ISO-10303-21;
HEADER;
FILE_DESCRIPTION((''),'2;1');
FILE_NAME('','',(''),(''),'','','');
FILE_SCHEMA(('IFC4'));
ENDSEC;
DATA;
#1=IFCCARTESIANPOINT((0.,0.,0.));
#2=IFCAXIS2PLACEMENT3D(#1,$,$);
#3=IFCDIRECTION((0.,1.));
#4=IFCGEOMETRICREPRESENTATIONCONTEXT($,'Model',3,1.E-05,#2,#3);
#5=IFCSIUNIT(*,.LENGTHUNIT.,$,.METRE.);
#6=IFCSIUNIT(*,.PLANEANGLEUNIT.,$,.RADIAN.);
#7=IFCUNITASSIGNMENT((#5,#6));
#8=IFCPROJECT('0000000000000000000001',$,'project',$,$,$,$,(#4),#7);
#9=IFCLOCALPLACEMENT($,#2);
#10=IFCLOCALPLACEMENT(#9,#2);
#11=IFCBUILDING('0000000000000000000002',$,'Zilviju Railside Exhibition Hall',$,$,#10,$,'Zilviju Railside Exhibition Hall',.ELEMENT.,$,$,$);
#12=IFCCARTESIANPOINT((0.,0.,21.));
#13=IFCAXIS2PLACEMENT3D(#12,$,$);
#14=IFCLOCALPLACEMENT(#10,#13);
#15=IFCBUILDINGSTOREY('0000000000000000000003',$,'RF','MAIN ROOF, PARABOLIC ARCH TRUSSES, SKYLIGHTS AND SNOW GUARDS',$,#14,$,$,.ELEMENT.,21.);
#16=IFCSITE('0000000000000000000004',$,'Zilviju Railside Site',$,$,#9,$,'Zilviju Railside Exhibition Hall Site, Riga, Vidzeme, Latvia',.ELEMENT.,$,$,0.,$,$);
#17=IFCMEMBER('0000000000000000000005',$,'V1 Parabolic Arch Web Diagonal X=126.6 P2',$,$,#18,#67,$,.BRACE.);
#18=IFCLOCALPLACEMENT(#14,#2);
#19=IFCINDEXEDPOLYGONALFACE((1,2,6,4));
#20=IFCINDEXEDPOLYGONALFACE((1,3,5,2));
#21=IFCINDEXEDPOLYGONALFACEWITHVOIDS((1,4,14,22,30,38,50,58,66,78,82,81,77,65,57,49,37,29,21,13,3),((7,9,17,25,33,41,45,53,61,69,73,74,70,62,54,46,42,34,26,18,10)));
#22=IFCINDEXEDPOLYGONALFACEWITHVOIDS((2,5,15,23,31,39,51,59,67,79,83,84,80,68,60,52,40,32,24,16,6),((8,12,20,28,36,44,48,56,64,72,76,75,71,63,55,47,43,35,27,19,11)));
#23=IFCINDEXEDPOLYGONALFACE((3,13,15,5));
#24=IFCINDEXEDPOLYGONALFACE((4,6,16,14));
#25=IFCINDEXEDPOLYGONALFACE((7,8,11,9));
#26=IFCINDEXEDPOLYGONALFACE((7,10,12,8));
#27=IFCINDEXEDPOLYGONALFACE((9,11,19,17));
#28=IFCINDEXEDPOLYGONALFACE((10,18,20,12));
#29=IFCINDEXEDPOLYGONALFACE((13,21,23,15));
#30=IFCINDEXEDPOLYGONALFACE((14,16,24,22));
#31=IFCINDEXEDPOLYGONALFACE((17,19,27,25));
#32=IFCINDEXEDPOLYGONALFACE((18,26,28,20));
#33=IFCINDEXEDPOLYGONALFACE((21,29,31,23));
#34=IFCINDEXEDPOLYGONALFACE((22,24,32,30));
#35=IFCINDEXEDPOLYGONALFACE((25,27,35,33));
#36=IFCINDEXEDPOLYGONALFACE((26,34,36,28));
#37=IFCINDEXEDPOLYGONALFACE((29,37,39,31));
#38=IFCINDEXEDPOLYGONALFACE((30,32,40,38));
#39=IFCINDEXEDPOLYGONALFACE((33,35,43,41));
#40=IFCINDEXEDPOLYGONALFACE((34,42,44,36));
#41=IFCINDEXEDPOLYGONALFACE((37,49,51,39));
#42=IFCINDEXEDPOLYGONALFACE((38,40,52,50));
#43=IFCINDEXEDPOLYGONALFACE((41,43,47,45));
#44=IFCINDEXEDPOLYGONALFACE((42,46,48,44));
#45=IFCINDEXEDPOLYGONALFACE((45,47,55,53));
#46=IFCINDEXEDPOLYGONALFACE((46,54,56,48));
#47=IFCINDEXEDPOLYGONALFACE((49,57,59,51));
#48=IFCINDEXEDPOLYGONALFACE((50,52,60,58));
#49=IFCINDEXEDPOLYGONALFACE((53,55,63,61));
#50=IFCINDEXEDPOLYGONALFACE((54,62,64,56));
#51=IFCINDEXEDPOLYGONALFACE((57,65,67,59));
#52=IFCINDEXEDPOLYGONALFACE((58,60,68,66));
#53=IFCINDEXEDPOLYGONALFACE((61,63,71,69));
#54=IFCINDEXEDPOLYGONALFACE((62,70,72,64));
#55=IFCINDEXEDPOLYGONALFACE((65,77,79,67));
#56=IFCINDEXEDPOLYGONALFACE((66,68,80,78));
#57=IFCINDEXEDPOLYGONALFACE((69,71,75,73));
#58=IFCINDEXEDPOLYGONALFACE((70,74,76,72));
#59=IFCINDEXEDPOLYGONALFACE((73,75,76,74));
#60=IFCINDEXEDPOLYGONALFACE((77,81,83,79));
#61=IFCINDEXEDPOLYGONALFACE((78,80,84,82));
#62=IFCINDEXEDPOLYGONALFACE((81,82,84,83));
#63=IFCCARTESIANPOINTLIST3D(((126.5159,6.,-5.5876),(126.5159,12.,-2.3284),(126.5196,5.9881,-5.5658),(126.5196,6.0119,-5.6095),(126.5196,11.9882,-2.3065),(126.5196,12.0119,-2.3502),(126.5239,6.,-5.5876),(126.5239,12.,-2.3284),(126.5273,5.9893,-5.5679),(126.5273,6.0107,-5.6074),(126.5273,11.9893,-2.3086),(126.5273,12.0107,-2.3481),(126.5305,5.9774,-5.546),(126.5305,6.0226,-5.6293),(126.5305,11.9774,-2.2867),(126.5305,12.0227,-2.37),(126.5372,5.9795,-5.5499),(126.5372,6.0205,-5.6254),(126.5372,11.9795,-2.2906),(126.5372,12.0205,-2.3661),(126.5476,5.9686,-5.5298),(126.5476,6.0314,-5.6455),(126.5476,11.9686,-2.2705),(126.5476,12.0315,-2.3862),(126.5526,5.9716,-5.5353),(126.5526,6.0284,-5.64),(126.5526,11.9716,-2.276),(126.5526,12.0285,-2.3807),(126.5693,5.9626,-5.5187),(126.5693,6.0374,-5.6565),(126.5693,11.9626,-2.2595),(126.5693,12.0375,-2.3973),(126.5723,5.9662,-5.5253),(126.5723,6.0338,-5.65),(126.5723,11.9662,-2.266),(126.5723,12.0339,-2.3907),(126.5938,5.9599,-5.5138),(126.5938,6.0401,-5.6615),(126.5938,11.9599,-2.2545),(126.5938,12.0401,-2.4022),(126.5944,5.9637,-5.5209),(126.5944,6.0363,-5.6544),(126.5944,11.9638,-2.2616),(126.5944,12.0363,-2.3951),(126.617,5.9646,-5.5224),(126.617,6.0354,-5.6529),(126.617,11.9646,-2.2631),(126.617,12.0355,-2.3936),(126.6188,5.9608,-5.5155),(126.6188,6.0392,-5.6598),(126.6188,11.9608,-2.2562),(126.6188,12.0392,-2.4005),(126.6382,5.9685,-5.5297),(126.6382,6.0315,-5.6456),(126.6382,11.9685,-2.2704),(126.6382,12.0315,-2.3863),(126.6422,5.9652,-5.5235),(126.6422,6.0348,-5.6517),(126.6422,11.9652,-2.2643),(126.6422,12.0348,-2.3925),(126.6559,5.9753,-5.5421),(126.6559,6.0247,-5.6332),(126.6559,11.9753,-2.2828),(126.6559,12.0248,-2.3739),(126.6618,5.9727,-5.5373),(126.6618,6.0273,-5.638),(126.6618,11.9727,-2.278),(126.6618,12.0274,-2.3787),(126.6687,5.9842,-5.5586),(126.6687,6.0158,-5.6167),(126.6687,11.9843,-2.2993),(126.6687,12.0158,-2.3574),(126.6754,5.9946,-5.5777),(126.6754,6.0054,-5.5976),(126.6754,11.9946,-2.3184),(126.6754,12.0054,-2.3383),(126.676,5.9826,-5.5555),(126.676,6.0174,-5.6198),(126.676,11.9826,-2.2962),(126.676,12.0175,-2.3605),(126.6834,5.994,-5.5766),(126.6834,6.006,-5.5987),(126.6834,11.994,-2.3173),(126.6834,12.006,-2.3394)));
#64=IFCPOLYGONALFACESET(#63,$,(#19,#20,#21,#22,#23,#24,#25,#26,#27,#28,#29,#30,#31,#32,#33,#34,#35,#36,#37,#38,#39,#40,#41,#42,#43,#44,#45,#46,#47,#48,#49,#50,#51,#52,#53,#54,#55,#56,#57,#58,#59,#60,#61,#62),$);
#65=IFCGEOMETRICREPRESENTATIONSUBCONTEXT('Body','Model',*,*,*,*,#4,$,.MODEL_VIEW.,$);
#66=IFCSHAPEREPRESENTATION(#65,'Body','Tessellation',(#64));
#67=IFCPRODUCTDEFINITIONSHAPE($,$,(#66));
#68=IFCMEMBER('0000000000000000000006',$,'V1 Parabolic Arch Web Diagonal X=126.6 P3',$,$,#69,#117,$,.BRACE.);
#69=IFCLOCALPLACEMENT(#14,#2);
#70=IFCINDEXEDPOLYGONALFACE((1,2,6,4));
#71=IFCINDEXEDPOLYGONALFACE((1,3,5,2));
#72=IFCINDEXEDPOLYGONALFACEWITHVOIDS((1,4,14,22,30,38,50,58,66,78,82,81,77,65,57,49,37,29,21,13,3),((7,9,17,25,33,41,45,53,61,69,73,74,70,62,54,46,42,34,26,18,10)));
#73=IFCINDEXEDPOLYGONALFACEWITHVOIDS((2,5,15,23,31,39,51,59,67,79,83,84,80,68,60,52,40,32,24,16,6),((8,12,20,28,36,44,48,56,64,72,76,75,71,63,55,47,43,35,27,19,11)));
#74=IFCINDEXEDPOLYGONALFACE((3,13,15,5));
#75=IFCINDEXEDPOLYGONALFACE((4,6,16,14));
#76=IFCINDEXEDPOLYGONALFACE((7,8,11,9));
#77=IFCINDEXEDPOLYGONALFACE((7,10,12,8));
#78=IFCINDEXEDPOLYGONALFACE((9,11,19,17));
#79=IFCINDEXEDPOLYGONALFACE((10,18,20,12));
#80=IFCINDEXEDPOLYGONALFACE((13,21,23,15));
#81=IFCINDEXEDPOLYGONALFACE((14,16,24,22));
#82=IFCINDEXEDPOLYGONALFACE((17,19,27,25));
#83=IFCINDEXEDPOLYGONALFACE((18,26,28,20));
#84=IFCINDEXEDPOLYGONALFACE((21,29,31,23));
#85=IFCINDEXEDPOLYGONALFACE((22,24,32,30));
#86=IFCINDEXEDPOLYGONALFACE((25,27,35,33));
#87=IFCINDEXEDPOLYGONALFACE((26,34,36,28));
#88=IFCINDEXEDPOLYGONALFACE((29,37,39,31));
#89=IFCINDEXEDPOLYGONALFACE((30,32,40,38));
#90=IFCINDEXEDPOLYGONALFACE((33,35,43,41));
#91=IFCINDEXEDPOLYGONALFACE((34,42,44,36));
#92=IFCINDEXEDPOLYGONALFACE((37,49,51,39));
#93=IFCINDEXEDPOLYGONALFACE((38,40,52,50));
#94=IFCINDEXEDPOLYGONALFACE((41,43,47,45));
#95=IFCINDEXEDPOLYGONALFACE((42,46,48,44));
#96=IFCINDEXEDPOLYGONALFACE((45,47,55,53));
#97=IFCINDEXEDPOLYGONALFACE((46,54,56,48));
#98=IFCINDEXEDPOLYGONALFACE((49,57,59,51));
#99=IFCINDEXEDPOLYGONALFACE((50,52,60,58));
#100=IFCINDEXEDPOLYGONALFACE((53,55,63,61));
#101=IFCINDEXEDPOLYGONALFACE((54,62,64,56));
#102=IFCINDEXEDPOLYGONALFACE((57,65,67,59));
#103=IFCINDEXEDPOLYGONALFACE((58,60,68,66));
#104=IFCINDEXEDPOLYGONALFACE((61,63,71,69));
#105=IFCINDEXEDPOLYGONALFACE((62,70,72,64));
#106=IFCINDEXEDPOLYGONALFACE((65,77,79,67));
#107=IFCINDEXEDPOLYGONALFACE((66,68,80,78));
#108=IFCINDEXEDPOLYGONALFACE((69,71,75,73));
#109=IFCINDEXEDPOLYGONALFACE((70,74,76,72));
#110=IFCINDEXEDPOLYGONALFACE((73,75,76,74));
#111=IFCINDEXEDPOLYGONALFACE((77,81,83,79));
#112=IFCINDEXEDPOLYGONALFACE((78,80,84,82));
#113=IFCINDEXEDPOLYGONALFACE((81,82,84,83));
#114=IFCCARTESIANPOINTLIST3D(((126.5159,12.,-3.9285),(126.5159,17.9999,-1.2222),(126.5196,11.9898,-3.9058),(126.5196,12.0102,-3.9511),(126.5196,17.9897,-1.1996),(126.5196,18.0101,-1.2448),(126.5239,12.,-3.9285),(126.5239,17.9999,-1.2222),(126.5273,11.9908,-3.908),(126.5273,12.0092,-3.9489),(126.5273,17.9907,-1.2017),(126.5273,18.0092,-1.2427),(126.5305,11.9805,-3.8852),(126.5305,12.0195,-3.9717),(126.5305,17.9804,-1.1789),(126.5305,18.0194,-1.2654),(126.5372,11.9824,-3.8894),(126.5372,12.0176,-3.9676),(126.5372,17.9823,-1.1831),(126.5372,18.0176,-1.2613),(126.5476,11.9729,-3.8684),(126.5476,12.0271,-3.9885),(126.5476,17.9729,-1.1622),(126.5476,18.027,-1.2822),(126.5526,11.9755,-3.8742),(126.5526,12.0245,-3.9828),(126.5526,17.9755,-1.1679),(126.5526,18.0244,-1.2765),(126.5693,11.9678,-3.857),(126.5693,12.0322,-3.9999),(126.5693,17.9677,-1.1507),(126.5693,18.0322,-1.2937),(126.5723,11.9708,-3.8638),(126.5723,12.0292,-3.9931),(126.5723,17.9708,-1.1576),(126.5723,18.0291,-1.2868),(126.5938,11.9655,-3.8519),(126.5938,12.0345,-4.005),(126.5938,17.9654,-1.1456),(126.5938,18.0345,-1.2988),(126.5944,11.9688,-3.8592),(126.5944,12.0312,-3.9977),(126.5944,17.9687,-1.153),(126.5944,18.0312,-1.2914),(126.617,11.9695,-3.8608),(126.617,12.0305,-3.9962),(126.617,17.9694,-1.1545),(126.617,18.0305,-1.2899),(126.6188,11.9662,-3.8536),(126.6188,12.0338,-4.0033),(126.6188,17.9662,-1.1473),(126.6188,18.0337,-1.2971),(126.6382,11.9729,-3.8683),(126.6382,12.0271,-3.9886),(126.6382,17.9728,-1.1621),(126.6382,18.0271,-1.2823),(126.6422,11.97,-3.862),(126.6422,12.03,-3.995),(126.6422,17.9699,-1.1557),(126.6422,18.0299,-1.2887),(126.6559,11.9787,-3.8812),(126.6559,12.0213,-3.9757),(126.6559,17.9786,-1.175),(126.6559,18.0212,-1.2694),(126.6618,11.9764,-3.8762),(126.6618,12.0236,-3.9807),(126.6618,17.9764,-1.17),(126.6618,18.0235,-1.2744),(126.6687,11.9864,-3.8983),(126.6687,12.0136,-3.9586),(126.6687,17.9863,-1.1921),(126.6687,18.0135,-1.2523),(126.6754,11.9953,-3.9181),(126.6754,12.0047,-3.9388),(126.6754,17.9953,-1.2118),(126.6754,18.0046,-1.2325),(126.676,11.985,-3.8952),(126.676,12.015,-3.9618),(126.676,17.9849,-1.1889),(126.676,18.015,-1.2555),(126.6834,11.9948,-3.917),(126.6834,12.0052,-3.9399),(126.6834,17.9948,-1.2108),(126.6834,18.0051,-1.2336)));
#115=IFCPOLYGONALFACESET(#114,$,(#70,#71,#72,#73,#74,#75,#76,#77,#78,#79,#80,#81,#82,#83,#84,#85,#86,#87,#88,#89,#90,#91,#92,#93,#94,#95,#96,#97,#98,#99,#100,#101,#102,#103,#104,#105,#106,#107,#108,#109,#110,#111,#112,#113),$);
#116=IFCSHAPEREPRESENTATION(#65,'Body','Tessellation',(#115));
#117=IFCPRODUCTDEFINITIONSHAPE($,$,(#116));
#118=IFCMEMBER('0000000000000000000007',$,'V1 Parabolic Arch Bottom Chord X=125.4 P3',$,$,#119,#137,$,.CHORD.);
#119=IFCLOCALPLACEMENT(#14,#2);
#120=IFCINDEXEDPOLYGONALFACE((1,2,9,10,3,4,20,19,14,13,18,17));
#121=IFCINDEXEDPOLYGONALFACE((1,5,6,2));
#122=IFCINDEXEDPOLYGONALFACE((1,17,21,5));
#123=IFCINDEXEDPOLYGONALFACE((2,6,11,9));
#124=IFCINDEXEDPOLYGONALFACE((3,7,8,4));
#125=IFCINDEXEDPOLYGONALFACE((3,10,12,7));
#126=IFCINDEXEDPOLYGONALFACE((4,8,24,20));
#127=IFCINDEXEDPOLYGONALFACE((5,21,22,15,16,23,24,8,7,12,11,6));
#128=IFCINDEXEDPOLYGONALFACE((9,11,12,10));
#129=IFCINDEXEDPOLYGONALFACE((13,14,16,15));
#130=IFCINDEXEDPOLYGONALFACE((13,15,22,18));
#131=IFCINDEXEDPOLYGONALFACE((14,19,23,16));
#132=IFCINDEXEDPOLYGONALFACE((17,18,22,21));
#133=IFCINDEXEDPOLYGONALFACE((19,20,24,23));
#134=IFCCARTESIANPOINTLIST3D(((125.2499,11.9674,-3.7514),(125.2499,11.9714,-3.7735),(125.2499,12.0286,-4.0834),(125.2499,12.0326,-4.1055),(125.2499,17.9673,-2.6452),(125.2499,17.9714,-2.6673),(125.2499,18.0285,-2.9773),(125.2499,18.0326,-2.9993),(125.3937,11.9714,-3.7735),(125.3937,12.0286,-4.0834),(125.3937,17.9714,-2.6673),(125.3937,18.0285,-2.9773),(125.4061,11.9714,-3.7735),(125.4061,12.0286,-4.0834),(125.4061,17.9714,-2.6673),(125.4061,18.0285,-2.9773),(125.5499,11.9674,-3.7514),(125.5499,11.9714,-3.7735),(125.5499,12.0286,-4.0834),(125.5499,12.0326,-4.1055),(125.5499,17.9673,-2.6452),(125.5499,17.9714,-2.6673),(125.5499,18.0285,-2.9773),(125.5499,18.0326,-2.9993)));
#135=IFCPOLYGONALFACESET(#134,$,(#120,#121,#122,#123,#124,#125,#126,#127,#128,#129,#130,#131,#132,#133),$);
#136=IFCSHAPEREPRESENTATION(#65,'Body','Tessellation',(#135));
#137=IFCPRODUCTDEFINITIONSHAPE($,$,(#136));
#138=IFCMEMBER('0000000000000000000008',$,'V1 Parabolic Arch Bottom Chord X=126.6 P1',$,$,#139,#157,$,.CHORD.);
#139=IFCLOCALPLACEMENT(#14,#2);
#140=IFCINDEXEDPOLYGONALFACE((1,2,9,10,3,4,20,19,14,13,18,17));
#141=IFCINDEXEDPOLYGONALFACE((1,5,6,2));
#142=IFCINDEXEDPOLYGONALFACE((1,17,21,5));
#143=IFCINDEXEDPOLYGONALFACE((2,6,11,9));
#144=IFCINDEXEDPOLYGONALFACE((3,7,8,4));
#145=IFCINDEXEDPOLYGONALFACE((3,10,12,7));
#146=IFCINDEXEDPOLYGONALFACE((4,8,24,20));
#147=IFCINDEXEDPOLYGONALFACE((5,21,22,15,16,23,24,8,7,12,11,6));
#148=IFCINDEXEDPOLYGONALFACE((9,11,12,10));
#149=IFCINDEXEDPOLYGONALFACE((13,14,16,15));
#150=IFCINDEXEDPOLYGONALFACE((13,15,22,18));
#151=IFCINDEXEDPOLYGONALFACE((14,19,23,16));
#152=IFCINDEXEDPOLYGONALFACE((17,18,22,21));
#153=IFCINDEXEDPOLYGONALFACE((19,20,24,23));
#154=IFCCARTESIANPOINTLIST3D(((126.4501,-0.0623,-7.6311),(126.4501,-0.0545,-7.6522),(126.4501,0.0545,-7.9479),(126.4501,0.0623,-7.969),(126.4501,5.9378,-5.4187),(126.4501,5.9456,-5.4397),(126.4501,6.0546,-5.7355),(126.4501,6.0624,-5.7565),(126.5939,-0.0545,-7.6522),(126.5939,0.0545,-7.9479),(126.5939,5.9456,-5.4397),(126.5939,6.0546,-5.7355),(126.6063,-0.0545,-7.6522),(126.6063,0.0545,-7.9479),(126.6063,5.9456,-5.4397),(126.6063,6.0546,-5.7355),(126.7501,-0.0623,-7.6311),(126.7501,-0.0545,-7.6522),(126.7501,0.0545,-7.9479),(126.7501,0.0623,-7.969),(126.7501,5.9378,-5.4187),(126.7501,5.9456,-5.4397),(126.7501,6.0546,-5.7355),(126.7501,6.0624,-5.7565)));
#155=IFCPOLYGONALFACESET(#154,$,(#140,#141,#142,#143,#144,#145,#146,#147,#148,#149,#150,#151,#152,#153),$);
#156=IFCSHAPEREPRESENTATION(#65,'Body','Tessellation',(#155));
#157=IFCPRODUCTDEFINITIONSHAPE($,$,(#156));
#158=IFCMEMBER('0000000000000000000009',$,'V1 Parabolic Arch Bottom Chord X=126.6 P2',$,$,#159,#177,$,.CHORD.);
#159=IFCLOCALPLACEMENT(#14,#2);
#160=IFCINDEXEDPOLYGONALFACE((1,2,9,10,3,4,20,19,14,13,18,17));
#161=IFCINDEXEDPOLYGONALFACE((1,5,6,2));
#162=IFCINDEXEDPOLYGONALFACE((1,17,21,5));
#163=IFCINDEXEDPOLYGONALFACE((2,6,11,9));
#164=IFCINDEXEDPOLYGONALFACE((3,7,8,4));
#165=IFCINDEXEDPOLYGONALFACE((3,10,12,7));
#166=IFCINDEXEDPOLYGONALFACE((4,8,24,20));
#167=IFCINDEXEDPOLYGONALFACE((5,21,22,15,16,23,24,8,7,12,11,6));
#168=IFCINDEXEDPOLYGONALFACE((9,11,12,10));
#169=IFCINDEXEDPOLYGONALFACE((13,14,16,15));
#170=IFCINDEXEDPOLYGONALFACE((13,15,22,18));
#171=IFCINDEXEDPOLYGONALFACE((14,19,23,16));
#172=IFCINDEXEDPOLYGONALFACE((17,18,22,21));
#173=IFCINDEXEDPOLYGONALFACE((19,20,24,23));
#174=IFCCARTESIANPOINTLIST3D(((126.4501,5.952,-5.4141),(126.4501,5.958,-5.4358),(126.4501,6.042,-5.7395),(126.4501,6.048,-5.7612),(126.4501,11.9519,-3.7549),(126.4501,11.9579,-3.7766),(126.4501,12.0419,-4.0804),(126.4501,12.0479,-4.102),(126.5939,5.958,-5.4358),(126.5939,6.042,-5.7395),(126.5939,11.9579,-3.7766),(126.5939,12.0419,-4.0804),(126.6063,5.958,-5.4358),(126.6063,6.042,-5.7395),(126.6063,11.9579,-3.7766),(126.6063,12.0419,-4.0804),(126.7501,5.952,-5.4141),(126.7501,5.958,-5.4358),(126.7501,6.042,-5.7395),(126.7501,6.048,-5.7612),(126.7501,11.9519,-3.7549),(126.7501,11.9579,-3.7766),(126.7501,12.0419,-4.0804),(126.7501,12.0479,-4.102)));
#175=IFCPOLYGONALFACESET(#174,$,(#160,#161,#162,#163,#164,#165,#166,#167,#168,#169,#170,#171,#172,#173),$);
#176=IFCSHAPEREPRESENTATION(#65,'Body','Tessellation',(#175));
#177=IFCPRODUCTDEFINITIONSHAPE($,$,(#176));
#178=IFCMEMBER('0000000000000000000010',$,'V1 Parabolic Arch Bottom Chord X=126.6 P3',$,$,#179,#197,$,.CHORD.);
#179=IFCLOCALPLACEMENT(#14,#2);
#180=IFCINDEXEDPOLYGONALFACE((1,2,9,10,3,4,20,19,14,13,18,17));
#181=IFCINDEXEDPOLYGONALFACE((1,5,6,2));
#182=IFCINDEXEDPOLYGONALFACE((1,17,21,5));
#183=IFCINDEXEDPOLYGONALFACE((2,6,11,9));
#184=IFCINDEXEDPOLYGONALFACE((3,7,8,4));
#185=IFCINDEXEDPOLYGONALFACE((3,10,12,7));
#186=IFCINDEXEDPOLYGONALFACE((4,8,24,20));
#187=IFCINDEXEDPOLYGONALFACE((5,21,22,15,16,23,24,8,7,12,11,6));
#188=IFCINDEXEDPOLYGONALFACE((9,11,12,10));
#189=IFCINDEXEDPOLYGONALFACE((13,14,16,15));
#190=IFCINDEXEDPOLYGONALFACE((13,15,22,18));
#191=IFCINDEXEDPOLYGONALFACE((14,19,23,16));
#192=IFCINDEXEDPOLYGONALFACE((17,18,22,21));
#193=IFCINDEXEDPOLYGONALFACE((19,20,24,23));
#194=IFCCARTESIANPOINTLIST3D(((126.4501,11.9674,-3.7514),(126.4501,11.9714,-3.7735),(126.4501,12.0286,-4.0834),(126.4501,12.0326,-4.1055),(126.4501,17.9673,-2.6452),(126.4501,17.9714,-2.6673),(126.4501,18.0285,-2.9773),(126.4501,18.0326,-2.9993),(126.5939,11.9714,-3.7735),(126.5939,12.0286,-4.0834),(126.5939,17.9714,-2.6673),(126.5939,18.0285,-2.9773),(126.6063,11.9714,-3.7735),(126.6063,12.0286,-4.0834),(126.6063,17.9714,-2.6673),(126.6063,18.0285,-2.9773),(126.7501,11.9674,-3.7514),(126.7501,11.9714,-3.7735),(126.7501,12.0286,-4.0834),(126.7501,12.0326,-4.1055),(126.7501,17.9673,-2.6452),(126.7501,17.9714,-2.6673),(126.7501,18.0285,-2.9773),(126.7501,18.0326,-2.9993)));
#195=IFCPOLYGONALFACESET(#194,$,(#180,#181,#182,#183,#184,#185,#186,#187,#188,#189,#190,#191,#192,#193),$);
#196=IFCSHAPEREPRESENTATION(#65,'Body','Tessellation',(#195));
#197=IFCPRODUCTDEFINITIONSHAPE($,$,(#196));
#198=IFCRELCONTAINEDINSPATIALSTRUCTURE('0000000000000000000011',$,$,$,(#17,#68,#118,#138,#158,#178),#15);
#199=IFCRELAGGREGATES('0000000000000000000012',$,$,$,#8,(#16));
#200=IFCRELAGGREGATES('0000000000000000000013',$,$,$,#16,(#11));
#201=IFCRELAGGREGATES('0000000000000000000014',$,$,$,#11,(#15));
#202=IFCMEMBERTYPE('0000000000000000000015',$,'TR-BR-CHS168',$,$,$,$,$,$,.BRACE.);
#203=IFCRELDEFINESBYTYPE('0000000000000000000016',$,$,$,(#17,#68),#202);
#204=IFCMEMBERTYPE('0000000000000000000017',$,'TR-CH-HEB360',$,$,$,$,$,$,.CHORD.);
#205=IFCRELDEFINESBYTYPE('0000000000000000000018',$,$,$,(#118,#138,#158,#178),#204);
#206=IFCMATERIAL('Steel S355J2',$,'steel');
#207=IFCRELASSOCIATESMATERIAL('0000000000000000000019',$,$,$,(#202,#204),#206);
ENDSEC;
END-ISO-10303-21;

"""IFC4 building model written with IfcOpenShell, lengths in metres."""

from ifc_helpers import new_model, si_unit, direction, frame, origin, origin_2d, place, context, subcontext, project, spatial, hollow_circle, i_section, extrude, material, material_profile, profile_set, type_object, element, save


model = new_model("IFC4")

# Units and contexts
model_context = context("Model", 3, precision=1e-05, world=origin(), true_north=direction((0.0, 1.0)))
body_context = subcontext(model_context, "Body", "Model", "MODEL_VIEW")
ifc_project = project(units=[si_unit("LENGTHUNIT", "METRE"), si_unit("PLANEANGLEUNIT", "RADIAN")], contexts=[model_context])

# Site, building, storey
site_placement = place(None, origin())
site = spatial("IfcSite", under=ifc_project, at=site_placement, Name="Zilviju Railside Site", LongName="Zilviju Railside Exhibition Hall Site, Riga, Vidzeme, Latvia", CompositionType="ELEMENT", RefElevation=0.0)
building_placement = place(site_placement, origin())
building = spatial("IfcBuilding", under=site, at=building_placement, Name="Zilviju Railside Exhibition Hall", LongName="Zilviju Railside Exhibition Hall", CompositionType="ELEMENT")
storey_placement = place(building_placement, frame((0.0, 0.0, 21.0)))
storey = spatial("IfcBuildingStorey", under=building, at=storey_placement, Name="RF", Description="MAIN ROOF, PARABOLIC ARCH TRUSSES, SKYLIGHTS AND SNOW GUARDS", CompositionType="ELEMENT", Elevation=21.0)

# Members
ifc_material_1 = material(Name="Steel S355J2", Category="steel")
ifc_material_profile_1 = material_profile(ifc_material_1, hollow_circle(Radius=0.0842, WallThickness=0.0081, at=origin_2d()), Name="CHS 168.3x8.0")
ifc_profile_set_1 = profile_set([ifc_material_profile_1], Name="Steel S355J2")
member_type_1 = type_object("IfcMemberType", Name="TR-BR-CHS168", PredefinedType="BRACE", material=ifc_profile_set_1)
member_1_placement = place(storey_placement, frame((126.6001, 6.0, -5.5876), z_axis=(0.0, 0.878722, 0.477333), x_axis=(-1.0, 0.0, 0.0)))
element("IfcMember", 1, at=member_1_placement, inside=storey, type_object=member_type_1, Name="V1 Parabolic Arch Web Diagonal X=126.6 P2", PredefinedType="BRACE", context=body_context, shape_type="SweptSolid", body=[
    extrude(hollow_circle(Radius=0.0842, WallThickness=0.0081, at=origin_2d()), origin(), (0.0, 0.0, 1.0), 6.8281),
])
member_2_placement = place(storey_placement, frame((126.6001, 12.0, -3.9285), z_axis=(0.0, 0.911563, 0.41116), x_axis=(-1.0, 0.0, 0.0)))
element("IfcMember", 2, at=member_2_placement, inside=storey, type_object=member_type_1, Name="V1 Parabolic Arch Web Diagonal X=126.6 P3", PredefinedType="BRACE", context=body_context, shape_type="SweptSolid", body=[
    extrude(hollow_circle(Radius=0.0842, WallThickness=0.0081, at=origin_2d()), origin(), (0.0, 0.0, 1.0), 6.582),
])
ifc_material_profile_2 = material_profile(ifc_material_1, i_section(OverallWidth=0.3, OverallDepth=0.3601, WebThickness=0.0125, FlangeThickness=0.0225, at=origin_2d()), Name="HEB 360")
ifc_profile_set_2 = profile_set([ifc_material_profile_2], Name="Steel S355J2")
member_type_2 = type_object("IfcMemberType", Name="TR-CH-HEB360", PredefinedType="CHORD", material=ifc_profile_set_2)
member_3_placement = place(storey_placement, frame((125.3999, 12.0, -3.9285), z_axis=(0.0, 0.983426, 0.181311), x_axis=(-1.0, 0.0, 0.0)))
element("IfcMember", 3, at=member_3_placement, inside=storey, type_object=member_type_2, Name="V1 Parabolic Arch Bottom Chord X=125.4 P3", PredefinedType="CHORD", context=body_context, shape_type="SweptSolid", body=[
    extrude(i_section(OverallWidth=0.3, OverallDepth=0.3601, WebThickness=0.0125, FlangeThickness=0.0225, at=origin_2d()), origin(), (0.0, 0.0, 1.0), 6.1011),
])
member_4_placement = place(storey_placement, frame((126.6001, 0.0, -7.8), z_axis=(0.0, 0.938248, 0.345964), x_axis=(-1.0, 0.0, 0.0)))
element("IfcMember", 4, at=member_4_placement, inside=storey, type_object=member_type_2, Name="V1 Parabolic Arch Bottom Chord X=126.6 P1", PredefinedType="CHORD", context=body_context, shape_type="SweptSolid", body=[
    extrude(i_section(OverallWidth=0.3, OverallDepth=0.3601, WebThickness=0.0125, FlangeThickness=0.0225, at=origin_2d()), origin(), (0.0, 0.0, 1.0), 6.395),
])
member_5_placement = place(storey_placement, frame((126.6001, 6.0, -5.5876), z_axis=(0.0, 0.963827, 0.266527), x_axis=(-1.0, 0.0, 0.0)))
element("IfcMember", 5, at=member_5_placement, inside=storey, type_object=member_type_2, Name="V1 Parabolic Arch Bottom Chord X=126.6 P2", PredefinedType="CHORD", context=body_context, shape_type="SweptSolid", body=[
    extrude(i_section(OverallWidth=0.3, OverallDepth=0.3601, WebThickness=0.0125, FlangeThickness=0.0225, at=origin_2d()), origin(), (0.0, 0.0, 1.0), 6.2251),
])
member_6_placement = place(storey_placement, frame((126.6001, 12.0, -3.9285), z_axis=(0.0, 0.983426, 0.181311), x_axis=(-1.0, 0.0, 0.0)))
element("IfcMember", 6, at=member_6_placement, inside=storey, type_object=member_type_2, Name="V1 Parabolic Arch Bottom Chord X=126.6 P3", PredefinedType="CHORD", context=body_context, shape_type="SweptSolid", body=[
    extrude(i_section(OverallWidth=0.3, OverallDepth=0.3601, WebThickness=0.0125, FlangeThickness=0.0225, at=origin_2d()), origin(), (0.0, 0.0, 1.0), 6.1011),
])

save(model, "model.ifc")
